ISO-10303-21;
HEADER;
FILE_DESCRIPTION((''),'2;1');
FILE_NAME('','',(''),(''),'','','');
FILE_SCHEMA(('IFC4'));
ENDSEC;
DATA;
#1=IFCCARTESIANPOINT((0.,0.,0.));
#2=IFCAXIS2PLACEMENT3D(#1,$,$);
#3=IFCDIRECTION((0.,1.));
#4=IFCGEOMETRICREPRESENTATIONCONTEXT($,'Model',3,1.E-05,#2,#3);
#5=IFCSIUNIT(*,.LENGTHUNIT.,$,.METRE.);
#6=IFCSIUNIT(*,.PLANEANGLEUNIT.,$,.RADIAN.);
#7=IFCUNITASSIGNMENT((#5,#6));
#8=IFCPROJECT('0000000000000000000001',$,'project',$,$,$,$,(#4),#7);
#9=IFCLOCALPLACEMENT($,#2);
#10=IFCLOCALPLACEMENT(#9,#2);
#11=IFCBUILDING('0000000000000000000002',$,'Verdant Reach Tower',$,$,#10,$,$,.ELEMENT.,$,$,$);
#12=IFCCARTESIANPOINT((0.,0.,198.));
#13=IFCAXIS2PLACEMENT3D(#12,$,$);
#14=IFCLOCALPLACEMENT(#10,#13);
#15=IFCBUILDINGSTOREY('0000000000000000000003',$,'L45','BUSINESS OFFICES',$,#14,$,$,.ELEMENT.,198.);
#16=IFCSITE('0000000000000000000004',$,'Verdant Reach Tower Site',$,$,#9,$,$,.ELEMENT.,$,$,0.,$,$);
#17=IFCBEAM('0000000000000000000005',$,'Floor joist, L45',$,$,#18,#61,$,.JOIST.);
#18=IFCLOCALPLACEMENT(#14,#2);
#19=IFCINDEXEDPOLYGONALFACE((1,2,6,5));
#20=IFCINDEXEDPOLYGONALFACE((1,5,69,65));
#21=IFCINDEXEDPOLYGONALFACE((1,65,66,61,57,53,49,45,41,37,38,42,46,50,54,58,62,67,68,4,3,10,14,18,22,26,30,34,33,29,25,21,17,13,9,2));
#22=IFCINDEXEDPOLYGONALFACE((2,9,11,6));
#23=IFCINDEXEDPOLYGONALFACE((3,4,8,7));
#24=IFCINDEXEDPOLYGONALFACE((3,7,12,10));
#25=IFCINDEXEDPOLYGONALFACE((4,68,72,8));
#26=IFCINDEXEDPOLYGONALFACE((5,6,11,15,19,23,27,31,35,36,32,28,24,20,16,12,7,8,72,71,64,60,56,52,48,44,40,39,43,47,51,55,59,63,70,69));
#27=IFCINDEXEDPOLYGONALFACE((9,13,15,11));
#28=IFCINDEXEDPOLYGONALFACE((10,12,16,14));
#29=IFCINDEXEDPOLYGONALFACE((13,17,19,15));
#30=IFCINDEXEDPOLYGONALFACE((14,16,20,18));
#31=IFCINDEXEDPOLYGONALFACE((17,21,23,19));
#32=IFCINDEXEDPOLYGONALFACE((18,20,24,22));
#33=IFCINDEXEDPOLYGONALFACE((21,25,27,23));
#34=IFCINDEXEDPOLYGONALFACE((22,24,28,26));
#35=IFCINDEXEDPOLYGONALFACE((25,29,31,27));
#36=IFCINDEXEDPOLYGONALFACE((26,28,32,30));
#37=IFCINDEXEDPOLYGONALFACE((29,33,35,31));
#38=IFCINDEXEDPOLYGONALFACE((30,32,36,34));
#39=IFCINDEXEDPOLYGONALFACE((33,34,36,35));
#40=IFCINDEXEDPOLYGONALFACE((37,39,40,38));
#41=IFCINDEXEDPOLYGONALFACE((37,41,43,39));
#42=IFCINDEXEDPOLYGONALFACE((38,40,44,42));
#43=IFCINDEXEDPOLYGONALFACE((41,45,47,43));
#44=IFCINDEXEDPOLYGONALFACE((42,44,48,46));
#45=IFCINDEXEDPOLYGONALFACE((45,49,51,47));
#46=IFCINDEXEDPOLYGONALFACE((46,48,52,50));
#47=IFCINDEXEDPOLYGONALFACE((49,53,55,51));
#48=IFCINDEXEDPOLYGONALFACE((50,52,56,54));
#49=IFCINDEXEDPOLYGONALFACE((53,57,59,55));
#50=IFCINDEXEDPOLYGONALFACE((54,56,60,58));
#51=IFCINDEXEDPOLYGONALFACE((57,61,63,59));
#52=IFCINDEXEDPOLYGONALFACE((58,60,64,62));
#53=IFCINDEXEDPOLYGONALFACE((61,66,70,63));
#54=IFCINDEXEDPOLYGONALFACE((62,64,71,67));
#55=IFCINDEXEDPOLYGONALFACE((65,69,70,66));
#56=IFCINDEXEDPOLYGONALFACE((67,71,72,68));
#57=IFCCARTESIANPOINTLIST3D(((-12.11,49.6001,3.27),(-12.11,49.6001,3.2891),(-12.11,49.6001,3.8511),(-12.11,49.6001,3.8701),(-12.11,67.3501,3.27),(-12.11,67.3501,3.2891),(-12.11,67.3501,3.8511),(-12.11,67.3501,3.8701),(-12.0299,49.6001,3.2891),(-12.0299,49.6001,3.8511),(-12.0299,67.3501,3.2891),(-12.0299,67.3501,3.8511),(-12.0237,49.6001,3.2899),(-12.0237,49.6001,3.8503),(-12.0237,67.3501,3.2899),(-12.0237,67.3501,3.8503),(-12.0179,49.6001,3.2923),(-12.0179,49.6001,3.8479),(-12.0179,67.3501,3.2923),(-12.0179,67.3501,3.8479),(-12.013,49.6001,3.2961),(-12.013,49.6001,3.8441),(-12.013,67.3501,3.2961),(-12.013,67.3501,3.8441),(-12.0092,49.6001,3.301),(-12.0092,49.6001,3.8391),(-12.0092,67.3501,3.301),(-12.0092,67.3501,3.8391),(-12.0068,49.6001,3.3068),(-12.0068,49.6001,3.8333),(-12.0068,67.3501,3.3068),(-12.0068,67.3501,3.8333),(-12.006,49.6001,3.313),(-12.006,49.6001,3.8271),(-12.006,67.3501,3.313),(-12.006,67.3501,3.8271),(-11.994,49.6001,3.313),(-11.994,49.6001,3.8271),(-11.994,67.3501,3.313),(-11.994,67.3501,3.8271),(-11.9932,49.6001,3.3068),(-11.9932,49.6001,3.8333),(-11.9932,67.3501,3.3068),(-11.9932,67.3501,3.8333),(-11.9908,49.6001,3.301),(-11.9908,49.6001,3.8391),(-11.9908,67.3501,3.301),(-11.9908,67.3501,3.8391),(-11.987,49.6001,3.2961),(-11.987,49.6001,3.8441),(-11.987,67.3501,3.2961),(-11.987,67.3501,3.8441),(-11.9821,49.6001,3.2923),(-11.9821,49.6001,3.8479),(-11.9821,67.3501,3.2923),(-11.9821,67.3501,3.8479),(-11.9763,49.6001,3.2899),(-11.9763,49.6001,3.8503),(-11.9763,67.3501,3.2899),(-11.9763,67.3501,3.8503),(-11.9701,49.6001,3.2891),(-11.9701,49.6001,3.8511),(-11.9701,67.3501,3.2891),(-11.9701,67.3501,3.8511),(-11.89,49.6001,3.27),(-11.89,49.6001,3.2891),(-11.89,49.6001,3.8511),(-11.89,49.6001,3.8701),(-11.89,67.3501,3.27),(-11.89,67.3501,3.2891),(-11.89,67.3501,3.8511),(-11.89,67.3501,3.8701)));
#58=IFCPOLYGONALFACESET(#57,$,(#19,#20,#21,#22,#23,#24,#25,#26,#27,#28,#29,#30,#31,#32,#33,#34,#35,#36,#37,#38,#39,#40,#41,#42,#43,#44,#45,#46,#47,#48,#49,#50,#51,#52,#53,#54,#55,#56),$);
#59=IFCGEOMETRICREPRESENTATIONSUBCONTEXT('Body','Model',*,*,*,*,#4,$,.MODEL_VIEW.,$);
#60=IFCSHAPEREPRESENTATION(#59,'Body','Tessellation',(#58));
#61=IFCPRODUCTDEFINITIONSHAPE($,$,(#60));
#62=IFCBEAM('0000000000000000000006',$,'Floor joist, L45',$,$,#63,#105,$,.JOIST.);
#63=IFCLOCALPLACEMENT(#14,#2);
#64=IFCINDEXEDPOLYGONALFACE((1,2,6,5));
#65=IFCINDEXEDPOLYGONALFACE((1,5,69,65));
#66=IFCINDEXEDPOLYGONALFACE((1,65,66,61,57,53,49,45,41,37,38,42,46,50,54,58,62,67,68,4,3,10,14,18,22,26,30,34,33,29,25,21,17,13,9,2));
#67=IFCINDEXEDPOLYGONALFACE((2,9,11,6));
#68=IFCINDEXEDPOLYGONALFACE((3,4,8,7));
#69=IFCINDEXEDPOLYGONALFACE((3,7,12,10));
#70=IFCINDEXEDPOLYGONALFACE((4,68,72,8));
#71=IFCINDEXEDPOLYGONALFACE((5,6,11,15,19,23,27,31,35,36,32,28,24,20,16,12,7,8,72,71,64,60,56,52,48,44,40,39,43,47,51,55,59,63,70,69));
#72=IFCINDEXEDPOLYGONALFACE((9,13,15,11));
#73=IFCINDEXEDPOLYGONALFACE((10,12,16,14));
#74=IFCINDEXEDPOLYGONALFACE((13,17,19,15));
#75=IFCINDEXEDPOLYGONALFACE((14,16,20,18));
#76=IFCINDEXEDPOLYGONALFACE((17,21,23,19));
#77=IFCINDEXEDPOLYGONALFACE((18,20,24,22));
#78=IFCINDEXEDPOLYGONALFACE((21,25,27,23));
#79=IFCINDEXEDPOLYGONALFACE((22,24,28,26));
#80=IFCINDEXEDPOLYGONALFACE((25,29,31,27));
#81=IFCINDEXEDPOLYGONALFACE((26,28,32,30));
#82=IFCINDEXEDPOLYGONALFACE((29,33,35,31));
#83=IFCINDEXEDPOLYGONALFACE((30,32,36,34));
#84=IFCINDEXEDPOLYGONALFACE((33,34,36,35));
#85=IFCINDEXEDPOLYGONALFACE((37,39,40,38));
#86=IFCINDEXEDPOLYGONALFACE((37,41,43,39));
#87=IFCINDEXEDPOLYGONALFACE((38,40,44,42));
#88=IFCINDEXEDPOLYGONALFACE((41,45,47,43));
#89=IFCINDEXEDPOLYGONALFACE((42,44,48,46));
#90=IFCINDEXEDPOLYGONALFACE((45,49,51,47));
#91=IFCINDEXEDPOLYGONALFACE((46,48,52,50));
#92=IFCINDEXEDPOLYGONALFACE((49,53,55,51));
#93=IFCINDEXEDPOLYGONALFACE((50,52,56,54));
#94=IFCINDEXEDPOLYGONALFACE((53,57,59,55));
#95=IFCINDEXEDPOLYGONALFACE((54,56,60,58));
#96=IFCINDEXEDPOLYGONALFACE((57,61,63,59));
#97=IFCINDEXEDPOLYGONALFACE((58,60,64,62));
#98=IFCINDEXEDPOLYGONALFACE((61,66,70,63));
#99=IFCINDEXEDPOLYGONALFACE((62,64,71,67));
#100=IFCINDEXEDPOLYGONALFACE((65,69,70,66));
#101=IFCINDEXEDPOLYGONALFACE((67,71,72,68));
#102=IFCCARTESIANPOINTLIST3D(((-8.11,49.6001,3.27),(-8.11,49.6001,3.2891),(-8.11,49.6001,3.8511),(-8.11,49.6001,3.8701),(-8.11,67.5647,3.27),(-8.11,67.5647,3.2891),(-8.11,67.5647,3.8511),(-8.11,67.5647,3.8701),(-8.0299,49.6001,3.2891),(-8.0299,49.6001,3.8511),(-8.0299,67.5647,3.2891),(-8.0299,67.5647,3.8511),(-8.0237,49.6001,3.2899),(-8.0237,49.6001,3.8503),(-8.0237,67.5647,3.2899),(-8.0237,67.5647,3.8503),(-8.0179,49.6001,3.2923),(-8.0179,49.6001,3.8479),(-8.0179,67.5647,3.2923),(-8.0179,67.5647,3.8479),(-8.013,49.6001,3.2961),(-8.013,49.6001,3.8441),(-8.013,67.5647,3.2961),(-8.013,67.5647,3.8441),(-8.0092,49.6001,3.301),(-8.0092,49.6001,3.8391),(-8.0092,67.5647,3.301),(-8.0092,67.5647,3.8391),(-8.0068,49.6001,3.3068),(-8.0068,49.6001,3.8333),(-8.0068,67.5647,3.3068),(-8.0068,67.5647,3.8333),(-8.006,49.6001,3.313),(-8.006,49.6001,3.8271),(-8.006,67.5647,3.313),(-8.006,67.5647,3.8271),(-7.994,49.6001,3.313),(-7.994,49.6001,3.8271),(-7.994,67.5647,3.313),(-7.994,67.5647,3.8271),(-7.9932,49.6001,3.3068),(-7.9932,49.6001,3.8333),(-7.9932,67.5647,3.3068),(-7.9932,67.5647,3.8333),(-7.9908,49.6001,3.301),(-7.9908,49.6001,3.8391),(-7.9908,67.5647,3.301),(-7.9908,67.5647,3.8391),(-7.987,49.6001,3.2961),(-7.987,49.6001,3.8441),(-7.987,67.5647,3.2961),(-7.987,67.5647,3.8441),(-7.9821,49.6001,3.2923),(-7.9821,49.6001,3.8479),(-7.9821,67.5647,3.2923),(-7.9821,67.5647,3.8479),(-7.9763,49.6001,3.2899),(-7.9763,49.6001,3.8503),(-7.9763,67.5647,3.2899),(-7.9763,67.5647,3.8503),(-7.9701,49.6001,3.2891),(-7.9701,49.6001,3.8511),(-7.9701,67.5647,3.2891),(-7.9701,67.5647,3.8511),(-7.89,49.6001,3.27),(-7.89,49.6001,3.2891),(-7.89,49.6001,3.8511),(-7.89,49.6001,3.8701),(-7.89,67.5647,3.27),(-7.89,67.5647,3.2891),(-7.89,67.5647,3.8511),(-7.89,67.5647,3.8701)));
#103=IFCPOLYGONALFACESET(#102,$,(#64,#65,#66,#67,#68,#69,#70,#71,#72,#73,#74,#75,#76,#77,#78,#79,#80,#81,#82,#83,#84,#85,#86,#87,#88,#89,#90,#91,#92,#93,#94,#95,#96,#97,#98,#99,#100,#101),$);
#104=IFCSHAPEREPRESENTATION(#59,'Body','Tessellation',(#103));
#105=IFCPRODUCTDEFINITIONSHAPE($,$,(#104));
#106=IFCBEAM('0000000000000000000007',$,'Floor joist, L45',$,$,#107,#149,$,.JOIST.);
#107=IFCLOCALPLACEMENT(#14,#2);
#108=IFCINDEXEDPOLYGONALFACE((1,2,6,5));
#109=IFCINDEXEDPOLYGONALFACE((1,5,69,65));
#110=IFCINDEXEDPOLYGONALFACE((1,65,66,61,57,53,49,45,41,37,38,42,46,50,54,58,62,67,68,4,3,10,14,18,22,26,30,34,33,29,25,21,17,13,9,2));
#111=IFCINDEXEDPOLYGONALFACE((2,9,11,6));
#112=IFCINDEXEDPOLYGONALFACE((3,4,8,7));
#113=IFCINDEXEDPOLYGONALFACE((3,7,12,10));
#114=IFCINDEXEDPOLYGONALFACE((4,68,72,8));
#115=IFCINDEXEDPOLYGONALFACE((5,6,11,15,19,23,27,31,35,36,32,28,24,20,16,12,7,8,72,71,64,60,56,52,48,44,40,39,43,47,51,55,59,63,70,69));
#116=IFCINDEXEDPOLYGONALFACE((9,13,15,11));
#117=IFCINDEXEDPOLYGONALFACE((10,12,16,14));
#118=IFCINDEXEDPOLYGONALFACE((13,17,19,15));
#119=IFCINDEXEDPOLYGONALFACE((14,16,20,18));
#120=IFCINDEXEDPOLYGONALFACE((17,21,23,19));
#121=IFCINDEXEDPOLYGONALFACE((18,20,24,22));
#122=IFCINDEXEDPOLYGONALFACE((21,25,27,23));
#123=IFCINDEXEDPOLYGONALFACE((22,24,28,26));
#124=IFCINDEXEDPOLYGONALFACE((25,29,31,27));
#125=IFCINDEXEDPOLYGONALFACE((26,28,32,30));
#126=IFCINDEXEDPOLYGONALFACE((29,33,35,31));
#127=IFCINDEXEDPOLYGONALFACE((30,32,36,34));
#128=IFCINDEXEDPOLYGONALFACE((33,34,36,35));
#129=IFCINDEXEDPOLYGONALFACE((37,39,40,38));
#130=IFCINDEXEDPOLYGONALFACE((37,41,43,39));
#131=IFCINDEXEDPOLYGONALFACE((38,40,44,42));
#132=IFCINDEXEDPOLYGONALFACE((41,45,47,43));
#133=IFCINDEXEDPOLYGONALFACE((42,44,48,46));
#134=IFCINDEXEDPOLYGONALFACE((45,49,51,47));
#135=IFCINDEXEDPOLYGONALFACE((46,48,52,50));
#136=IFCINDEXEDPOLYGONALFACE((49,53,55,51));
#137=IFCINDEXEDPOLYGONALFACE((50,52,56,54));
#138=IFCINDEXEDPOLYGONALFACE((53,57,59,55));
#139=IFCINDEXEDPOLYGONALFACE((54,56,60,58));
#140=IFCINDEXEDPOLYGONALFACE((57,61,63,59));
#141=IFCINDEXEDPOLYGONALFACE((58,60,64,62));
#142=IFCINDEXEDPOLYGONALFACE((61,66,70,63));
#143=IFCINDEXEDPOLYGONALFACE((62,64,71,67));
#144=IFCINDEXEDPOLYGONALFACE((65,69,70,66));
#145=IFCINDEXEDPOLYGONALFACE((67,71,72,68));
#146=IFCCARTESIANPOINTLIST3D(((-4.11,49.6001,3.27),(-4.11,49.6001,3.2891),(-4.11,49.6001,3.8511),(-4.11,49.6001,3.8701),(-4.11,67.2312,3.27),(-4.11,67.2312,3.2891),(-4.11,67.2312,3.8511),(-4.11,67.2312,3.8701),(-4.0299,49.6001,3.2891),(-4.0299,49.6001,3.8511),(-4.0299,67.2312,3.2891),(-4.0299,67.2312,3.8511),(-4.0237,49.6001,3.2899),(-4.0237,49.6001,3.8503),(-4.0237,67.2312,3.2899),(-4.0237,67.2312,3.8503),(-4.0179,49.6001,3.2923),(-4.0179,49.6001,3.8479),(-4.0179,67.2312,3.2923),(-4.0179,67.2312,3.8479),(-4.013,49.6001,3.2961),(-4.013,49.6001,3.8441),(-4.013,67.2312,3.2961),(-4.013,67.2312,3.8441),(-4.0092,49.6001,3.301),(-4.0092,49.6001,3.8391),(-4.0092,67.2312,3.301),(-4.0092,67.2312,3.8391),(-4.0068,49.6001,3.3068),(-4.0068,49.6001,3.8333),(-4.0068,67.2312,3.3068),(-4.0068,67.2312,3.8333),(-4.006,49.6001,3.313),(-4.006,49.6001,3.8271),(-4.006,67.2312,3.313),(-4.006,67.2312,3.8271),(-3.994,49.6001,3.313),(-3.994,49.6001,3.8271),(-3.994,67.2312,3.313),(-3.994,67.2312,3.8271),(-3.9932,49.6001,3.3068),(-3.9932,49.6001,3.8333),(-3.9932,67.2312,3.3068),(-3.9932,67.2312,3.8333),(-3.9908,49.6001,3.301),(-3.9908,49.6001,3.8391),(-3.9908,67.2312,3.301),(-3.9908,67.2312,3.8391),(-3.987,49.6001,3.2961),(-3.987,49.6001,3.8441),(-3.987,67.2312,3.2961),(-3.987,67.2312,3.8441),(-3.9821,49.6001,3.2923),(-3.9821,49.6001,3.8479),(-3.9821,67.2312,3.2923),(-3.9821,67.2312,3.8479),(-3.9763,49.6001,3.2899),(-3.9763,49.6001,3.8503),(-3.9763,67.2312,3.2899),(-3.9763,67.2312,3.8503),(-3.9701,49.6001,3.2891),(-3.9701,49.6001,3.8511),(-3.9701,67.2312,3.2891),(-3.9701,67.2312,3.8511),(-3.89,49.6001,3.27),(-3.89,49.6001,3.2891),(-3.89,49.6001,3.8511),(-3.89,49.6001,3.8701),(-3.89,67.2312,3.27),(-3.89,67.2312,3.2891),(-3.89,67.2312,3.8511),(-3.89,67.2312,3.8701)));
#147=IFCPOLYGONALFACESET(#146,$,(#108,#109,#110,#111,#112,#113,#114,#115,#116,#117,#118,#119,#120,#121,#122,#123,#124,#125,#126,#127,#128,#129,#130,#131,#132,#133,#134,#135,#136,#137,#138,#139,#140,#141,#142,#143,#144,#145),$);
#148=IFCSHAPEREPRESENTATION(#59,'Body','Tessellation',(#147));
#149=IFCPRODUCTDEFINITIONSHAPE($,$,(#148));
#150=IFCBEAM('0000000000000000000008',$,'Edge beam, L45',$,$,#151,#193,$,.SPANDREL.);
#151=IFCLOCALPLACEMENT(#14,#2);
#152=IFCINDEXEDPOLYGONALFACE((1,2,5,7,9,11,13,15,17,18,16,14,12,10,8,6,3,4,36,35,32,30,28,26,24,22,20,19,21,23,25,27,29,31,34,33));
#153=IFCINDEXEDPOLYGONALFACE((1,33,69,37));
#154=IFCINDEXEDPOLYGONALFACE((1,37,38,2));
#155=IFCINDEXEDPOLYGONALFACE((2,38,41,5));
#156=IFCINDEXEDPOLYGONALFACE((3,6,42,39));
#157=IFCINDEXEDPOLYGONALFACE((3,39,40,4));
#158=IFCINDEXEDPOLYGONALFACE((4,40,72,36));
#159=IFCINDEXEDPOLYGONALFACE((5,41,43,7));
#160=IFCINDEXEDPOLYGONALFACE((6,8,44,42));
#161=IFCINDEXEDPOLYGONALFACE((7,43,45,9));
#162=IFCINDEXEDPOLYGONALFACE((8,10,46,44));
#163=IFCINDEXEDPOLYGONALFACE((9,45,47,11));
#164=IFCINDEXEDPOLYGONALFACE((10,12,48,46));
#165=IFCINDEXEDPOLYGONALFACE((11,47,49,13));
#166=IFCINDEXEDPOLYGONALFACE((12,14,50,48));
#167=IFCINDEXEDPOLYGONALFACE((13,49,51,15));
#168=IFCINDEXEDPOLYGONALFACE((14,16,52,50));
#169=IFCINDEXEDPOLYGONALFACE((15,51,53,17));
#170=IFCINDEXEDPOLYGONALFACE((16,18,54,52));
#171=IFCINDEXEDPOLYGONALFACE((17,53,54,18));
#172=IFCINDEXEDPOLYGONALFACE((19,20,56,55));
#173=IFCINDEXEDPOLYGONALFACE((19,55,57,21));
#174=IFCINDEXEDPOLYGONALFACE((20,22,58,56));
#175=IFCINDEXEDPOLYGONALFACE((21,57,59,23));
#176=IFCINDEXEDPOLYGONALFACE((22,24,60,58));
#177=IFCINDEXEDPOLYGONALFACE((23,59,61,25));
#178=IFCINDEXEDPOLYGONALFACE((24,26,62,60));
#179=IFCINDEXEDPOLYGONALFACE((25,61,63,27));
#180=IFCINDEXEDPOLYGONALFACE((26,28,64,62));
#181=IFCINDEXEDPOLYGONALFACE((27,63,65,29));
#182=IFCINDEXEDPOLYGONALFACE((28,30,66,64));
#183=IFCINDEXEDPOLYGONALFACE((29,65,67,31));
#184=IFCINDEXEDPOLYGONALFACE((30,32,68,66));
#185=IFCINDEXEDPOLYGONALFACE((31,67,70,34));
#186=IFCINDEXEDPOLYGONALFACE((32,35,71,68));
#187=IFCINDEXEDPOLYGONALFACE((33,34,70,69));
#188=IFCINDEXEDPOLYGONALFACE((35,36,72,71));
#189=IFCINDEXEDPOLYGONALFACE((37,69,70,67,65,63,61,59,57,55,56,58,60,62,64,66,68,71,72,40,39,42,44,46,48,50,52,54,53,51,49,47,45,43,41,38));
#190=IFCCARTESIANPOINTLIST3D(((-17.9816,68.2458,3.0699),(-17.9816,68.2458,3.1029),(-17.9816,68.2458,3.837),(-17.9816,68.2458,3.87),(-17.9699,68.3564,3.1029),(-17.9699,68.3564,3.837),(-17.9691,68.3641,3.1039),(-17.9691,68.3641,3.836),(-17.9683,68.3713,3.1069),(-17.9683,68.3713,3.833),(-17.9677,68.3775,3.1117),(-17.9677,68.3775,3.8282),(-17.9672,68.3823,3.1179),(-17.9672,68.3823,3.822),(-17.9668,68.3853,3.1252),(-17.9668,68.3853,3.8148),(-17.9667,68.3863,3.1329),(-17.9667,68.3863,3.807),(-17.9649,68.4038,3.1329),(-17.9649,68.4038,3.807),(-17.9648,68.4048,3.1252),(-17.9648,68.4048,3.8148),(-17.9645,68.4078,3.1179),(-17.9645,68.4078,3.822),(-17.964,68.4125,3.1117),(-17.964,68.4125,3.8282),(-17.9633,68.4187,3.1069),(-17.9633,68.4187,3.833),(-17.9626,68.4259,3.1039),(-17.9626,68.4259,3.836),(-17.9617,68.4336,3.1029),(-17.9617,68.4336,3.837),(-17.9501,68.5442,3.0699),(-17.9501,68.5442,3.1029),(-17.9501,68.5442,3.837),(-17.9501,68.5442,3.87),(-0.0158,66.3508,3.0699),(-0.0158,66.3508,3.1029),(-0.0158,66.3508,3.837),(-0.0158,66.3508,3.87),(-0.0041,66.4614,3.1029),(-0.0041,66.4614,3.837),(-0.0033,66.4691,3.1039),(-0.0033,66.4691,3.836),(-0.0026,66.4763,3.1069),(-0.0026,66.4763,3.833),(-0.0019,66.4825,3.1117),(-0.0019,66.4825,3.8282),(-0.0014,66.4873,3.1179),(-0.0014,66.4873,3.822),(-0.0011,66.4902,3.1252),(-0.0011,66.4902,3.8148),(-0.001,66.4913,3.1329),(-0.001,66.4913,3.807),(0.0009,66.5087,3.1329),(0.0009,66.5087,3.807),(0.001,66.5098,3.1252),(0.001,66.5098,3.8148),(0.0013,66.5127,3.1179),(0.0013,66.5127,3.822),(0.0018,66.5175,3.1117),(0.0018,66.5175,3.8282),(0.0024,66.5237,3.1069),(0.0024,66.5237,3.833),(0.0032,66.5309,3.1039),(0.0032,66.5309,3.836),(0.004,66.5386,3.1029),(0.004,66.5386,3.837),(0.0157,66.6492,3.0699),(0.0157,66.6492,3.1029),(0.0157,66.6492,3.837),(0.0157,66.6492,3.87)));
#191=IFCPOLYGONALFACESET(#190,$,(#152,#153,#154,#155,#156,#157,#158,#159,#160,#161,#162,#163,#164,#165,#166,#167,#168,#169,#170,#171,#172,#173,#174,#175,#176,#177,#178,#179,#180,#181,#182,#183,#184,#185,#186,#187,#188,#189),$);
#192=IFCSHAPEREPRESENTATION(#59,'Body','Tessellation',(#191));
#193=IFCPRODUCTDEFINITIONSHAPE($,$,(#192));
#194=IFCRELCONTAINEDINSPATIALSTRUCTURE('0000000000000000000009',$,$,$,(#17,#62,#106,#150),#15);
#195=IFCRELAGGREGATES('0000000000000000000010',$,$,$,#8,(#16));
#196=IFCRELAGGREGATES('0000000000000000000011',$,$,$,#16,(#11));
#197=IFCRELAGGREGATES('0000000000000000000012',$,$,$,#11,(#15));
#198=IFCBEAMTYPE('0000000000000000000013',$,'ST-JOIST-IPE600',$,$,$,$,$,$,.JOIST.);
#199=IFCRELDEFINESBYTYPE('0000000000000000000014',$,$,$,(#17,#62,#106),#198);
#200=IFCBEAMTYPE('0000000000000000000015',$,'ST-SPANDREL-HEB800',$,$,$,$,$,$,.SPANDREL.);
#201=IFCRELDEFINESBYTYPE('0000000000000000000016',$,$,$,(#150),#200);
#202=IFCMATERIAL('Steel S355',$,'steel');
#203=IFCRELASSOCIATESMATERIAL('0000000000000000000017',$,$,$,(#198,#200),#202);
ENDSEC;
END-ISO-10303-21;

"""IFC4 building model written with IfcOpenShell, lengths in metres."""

from ifc_helpers import new_model, si_unit, direction, frame, origin, origin_2d, place, context, subcontext, project, spatial, i_section, extrude, material, material_profile, profile_set, type_object, element, save


model = new_model("IFC4")

# Units and contexts
model_context = context("Model", 3, precision=1e-05, world=origin(), true_north=direction((0.0, 1.0)))
body_context = subcontext(model_context, "Body", "Model", "MODEL_VIEW")
ifc_project = project(units=[si_unit("LENGTHUNIT", "METRE"), si_unit("PLANEANGLEUNIT", "RADIAN")], contexts=[model_context])

# Site, building, storey
site_placement = place(None, origin())
site = spatial("IfcSite", under=ifc_project, at=site_placement, Name="Verdant Reach Tower Site", CompositionType="ELEMENT", RefElevation=0.0)
building_placement = place(site_placement, origin())
building = spatial("IfcBuilding", under=site, at=building_placement, Name="Verdant Reach Tower", CompositionType="ELEMENT")
storey_placement = place(building_placement, frame((0.0, 0.0, 198.0)))
storey = spatial("IfcBuildingStorey", under=building, at=storey_placement, Name="L45", Description="BUSINESS OFFICES", CompositionType="ELEMENT", Elevation=198.0)

# Beams
ifc_material_1 = material(Name="Steel S355", Category="steel")
ifc_material_profile_1 = material_profile(ifc_material_1, i_section(OverallWidth=0.22, OverallDepth=0.6001, WebThickness=0.012, FlangeThickness=0.019, FilletRadius=0.0239, at=origin_2d()), Name="IPE 600")
ifc_profile_set_1 = profile_set([ifc_material_profile_1], Name="Steel S355")
beam_type_1 = type_object("IfcBeamType", Name="ST-JOIST-IPE600", PredefinedType="JOIST", material=ifc_profile_set_1)
beam_1_placement = place(storey_placement, frame((-12.0, 49.6001, 3.5701), z_axis=(0.0, 1.0, 0.0), x_axis=(-1.0, 0.0, 0.0)))
element("IfcBeam", 1, at=beam_1_placement, inside=storey, type_object=beam_type_1, Name="Floor joist, L45", PredefinedType="JOIST", context=body_context, shape_type="SweptSolid", body=[
    extrude(i_section(OverallWidth=0.22, OverallDepth=0.6001, WebThickness=0.012, FlangeThickness=0.019, FilletRadius=0.0239, at=origin_2d()), origin(), (0.0, 0.0, 1.0), 17.75),
])
beam_2_placement = place(storey_placement, frame((-8.0, 49.6001, 3.5701), z_axis=(0.0, 1.0, 0.0), x_axis=(-1.0, 0.0, 0.0)))
element("IfcBeam", 2, at=beam_2_placement, inside=storey, type_object=beam_type_1, Name="Floor joist, L45", PredefinedType="JOIST", context=body_context, shape_type="SweptSolid", body=[
    extrude(i_section(OverallWidth=0.22, OverallDepth=0.6001, WebThickness=0.012, FlangeThickness=0.019, FilletRadius=0.0239, at=origin_2d()), origin(), (0.0, 0.0, 1.0), 17.9646),
])
beam_3_placement = place(storey_placement, frame((-4.0, 49.6001, 3.5701), z_axis=(0.0, 1.0, 0.0), x_axis=(-1.0, 0.0, 0.0)))
element("IfcBeam", 3, at=beam_3_placement, inside=storey, type_object=beam_type_1, Name="Floor joist, L45", PredefinedType="JOIST", context=body_context, shape_type="SweptSolid", body=[
    extrude(i_section(OverallWidth=0.22, OverallDepth=0.6001, WebThickness=0.012, FlangeThickness=0.019, FilletRadius=0.0239, at=origin_2d()), origin(), (0.0, 0.0, 1.0), 17.6311),
])
ifc_material_profile_2 = material_profile(ifc_material_1, i_section(OverallWidth=0.3, OverallDepth=0.8, WebThickness=0.0176, FlangeThickness=0.033, FilletRadius=0.03, at=origin_2d()), Name="HEB 800")
ifc_profile_set_2 = profile_set([ifc_material_profile_2], Name="Steel S355")
beam_type_2 = type_object("IfcBeamType", Name="ST-SPANDREL-HEB800", PredefinedType="SPANDREL", material=ifc_profile_set_2)
beam_4_placement = place(storey_placement, frame((-17.9658, 68.395, 3.47), z_axis=(0.994483, -0.104897, 0.0), x_axis=(0.104897, 0.994483, 0.0)))
element("IfcBeam", 4, at=beam_4_placement, inside=storey, type_object=beam_type_2, Name="Edge beam, L45", PredefinedType="SPANDREL", context=body_context, shape_type="SweptSolid", body=[
    extrude(i_section(OverallWidth=0.3, OverallDepth=0.8, WebThickness=0.0176, FlangeThickness=0.033, FilletRadius=0.03, at=origin_2d()), origin(), (0.0, 0.0, 1.0), 18.0654),
])

save(model, "model.ifc")
